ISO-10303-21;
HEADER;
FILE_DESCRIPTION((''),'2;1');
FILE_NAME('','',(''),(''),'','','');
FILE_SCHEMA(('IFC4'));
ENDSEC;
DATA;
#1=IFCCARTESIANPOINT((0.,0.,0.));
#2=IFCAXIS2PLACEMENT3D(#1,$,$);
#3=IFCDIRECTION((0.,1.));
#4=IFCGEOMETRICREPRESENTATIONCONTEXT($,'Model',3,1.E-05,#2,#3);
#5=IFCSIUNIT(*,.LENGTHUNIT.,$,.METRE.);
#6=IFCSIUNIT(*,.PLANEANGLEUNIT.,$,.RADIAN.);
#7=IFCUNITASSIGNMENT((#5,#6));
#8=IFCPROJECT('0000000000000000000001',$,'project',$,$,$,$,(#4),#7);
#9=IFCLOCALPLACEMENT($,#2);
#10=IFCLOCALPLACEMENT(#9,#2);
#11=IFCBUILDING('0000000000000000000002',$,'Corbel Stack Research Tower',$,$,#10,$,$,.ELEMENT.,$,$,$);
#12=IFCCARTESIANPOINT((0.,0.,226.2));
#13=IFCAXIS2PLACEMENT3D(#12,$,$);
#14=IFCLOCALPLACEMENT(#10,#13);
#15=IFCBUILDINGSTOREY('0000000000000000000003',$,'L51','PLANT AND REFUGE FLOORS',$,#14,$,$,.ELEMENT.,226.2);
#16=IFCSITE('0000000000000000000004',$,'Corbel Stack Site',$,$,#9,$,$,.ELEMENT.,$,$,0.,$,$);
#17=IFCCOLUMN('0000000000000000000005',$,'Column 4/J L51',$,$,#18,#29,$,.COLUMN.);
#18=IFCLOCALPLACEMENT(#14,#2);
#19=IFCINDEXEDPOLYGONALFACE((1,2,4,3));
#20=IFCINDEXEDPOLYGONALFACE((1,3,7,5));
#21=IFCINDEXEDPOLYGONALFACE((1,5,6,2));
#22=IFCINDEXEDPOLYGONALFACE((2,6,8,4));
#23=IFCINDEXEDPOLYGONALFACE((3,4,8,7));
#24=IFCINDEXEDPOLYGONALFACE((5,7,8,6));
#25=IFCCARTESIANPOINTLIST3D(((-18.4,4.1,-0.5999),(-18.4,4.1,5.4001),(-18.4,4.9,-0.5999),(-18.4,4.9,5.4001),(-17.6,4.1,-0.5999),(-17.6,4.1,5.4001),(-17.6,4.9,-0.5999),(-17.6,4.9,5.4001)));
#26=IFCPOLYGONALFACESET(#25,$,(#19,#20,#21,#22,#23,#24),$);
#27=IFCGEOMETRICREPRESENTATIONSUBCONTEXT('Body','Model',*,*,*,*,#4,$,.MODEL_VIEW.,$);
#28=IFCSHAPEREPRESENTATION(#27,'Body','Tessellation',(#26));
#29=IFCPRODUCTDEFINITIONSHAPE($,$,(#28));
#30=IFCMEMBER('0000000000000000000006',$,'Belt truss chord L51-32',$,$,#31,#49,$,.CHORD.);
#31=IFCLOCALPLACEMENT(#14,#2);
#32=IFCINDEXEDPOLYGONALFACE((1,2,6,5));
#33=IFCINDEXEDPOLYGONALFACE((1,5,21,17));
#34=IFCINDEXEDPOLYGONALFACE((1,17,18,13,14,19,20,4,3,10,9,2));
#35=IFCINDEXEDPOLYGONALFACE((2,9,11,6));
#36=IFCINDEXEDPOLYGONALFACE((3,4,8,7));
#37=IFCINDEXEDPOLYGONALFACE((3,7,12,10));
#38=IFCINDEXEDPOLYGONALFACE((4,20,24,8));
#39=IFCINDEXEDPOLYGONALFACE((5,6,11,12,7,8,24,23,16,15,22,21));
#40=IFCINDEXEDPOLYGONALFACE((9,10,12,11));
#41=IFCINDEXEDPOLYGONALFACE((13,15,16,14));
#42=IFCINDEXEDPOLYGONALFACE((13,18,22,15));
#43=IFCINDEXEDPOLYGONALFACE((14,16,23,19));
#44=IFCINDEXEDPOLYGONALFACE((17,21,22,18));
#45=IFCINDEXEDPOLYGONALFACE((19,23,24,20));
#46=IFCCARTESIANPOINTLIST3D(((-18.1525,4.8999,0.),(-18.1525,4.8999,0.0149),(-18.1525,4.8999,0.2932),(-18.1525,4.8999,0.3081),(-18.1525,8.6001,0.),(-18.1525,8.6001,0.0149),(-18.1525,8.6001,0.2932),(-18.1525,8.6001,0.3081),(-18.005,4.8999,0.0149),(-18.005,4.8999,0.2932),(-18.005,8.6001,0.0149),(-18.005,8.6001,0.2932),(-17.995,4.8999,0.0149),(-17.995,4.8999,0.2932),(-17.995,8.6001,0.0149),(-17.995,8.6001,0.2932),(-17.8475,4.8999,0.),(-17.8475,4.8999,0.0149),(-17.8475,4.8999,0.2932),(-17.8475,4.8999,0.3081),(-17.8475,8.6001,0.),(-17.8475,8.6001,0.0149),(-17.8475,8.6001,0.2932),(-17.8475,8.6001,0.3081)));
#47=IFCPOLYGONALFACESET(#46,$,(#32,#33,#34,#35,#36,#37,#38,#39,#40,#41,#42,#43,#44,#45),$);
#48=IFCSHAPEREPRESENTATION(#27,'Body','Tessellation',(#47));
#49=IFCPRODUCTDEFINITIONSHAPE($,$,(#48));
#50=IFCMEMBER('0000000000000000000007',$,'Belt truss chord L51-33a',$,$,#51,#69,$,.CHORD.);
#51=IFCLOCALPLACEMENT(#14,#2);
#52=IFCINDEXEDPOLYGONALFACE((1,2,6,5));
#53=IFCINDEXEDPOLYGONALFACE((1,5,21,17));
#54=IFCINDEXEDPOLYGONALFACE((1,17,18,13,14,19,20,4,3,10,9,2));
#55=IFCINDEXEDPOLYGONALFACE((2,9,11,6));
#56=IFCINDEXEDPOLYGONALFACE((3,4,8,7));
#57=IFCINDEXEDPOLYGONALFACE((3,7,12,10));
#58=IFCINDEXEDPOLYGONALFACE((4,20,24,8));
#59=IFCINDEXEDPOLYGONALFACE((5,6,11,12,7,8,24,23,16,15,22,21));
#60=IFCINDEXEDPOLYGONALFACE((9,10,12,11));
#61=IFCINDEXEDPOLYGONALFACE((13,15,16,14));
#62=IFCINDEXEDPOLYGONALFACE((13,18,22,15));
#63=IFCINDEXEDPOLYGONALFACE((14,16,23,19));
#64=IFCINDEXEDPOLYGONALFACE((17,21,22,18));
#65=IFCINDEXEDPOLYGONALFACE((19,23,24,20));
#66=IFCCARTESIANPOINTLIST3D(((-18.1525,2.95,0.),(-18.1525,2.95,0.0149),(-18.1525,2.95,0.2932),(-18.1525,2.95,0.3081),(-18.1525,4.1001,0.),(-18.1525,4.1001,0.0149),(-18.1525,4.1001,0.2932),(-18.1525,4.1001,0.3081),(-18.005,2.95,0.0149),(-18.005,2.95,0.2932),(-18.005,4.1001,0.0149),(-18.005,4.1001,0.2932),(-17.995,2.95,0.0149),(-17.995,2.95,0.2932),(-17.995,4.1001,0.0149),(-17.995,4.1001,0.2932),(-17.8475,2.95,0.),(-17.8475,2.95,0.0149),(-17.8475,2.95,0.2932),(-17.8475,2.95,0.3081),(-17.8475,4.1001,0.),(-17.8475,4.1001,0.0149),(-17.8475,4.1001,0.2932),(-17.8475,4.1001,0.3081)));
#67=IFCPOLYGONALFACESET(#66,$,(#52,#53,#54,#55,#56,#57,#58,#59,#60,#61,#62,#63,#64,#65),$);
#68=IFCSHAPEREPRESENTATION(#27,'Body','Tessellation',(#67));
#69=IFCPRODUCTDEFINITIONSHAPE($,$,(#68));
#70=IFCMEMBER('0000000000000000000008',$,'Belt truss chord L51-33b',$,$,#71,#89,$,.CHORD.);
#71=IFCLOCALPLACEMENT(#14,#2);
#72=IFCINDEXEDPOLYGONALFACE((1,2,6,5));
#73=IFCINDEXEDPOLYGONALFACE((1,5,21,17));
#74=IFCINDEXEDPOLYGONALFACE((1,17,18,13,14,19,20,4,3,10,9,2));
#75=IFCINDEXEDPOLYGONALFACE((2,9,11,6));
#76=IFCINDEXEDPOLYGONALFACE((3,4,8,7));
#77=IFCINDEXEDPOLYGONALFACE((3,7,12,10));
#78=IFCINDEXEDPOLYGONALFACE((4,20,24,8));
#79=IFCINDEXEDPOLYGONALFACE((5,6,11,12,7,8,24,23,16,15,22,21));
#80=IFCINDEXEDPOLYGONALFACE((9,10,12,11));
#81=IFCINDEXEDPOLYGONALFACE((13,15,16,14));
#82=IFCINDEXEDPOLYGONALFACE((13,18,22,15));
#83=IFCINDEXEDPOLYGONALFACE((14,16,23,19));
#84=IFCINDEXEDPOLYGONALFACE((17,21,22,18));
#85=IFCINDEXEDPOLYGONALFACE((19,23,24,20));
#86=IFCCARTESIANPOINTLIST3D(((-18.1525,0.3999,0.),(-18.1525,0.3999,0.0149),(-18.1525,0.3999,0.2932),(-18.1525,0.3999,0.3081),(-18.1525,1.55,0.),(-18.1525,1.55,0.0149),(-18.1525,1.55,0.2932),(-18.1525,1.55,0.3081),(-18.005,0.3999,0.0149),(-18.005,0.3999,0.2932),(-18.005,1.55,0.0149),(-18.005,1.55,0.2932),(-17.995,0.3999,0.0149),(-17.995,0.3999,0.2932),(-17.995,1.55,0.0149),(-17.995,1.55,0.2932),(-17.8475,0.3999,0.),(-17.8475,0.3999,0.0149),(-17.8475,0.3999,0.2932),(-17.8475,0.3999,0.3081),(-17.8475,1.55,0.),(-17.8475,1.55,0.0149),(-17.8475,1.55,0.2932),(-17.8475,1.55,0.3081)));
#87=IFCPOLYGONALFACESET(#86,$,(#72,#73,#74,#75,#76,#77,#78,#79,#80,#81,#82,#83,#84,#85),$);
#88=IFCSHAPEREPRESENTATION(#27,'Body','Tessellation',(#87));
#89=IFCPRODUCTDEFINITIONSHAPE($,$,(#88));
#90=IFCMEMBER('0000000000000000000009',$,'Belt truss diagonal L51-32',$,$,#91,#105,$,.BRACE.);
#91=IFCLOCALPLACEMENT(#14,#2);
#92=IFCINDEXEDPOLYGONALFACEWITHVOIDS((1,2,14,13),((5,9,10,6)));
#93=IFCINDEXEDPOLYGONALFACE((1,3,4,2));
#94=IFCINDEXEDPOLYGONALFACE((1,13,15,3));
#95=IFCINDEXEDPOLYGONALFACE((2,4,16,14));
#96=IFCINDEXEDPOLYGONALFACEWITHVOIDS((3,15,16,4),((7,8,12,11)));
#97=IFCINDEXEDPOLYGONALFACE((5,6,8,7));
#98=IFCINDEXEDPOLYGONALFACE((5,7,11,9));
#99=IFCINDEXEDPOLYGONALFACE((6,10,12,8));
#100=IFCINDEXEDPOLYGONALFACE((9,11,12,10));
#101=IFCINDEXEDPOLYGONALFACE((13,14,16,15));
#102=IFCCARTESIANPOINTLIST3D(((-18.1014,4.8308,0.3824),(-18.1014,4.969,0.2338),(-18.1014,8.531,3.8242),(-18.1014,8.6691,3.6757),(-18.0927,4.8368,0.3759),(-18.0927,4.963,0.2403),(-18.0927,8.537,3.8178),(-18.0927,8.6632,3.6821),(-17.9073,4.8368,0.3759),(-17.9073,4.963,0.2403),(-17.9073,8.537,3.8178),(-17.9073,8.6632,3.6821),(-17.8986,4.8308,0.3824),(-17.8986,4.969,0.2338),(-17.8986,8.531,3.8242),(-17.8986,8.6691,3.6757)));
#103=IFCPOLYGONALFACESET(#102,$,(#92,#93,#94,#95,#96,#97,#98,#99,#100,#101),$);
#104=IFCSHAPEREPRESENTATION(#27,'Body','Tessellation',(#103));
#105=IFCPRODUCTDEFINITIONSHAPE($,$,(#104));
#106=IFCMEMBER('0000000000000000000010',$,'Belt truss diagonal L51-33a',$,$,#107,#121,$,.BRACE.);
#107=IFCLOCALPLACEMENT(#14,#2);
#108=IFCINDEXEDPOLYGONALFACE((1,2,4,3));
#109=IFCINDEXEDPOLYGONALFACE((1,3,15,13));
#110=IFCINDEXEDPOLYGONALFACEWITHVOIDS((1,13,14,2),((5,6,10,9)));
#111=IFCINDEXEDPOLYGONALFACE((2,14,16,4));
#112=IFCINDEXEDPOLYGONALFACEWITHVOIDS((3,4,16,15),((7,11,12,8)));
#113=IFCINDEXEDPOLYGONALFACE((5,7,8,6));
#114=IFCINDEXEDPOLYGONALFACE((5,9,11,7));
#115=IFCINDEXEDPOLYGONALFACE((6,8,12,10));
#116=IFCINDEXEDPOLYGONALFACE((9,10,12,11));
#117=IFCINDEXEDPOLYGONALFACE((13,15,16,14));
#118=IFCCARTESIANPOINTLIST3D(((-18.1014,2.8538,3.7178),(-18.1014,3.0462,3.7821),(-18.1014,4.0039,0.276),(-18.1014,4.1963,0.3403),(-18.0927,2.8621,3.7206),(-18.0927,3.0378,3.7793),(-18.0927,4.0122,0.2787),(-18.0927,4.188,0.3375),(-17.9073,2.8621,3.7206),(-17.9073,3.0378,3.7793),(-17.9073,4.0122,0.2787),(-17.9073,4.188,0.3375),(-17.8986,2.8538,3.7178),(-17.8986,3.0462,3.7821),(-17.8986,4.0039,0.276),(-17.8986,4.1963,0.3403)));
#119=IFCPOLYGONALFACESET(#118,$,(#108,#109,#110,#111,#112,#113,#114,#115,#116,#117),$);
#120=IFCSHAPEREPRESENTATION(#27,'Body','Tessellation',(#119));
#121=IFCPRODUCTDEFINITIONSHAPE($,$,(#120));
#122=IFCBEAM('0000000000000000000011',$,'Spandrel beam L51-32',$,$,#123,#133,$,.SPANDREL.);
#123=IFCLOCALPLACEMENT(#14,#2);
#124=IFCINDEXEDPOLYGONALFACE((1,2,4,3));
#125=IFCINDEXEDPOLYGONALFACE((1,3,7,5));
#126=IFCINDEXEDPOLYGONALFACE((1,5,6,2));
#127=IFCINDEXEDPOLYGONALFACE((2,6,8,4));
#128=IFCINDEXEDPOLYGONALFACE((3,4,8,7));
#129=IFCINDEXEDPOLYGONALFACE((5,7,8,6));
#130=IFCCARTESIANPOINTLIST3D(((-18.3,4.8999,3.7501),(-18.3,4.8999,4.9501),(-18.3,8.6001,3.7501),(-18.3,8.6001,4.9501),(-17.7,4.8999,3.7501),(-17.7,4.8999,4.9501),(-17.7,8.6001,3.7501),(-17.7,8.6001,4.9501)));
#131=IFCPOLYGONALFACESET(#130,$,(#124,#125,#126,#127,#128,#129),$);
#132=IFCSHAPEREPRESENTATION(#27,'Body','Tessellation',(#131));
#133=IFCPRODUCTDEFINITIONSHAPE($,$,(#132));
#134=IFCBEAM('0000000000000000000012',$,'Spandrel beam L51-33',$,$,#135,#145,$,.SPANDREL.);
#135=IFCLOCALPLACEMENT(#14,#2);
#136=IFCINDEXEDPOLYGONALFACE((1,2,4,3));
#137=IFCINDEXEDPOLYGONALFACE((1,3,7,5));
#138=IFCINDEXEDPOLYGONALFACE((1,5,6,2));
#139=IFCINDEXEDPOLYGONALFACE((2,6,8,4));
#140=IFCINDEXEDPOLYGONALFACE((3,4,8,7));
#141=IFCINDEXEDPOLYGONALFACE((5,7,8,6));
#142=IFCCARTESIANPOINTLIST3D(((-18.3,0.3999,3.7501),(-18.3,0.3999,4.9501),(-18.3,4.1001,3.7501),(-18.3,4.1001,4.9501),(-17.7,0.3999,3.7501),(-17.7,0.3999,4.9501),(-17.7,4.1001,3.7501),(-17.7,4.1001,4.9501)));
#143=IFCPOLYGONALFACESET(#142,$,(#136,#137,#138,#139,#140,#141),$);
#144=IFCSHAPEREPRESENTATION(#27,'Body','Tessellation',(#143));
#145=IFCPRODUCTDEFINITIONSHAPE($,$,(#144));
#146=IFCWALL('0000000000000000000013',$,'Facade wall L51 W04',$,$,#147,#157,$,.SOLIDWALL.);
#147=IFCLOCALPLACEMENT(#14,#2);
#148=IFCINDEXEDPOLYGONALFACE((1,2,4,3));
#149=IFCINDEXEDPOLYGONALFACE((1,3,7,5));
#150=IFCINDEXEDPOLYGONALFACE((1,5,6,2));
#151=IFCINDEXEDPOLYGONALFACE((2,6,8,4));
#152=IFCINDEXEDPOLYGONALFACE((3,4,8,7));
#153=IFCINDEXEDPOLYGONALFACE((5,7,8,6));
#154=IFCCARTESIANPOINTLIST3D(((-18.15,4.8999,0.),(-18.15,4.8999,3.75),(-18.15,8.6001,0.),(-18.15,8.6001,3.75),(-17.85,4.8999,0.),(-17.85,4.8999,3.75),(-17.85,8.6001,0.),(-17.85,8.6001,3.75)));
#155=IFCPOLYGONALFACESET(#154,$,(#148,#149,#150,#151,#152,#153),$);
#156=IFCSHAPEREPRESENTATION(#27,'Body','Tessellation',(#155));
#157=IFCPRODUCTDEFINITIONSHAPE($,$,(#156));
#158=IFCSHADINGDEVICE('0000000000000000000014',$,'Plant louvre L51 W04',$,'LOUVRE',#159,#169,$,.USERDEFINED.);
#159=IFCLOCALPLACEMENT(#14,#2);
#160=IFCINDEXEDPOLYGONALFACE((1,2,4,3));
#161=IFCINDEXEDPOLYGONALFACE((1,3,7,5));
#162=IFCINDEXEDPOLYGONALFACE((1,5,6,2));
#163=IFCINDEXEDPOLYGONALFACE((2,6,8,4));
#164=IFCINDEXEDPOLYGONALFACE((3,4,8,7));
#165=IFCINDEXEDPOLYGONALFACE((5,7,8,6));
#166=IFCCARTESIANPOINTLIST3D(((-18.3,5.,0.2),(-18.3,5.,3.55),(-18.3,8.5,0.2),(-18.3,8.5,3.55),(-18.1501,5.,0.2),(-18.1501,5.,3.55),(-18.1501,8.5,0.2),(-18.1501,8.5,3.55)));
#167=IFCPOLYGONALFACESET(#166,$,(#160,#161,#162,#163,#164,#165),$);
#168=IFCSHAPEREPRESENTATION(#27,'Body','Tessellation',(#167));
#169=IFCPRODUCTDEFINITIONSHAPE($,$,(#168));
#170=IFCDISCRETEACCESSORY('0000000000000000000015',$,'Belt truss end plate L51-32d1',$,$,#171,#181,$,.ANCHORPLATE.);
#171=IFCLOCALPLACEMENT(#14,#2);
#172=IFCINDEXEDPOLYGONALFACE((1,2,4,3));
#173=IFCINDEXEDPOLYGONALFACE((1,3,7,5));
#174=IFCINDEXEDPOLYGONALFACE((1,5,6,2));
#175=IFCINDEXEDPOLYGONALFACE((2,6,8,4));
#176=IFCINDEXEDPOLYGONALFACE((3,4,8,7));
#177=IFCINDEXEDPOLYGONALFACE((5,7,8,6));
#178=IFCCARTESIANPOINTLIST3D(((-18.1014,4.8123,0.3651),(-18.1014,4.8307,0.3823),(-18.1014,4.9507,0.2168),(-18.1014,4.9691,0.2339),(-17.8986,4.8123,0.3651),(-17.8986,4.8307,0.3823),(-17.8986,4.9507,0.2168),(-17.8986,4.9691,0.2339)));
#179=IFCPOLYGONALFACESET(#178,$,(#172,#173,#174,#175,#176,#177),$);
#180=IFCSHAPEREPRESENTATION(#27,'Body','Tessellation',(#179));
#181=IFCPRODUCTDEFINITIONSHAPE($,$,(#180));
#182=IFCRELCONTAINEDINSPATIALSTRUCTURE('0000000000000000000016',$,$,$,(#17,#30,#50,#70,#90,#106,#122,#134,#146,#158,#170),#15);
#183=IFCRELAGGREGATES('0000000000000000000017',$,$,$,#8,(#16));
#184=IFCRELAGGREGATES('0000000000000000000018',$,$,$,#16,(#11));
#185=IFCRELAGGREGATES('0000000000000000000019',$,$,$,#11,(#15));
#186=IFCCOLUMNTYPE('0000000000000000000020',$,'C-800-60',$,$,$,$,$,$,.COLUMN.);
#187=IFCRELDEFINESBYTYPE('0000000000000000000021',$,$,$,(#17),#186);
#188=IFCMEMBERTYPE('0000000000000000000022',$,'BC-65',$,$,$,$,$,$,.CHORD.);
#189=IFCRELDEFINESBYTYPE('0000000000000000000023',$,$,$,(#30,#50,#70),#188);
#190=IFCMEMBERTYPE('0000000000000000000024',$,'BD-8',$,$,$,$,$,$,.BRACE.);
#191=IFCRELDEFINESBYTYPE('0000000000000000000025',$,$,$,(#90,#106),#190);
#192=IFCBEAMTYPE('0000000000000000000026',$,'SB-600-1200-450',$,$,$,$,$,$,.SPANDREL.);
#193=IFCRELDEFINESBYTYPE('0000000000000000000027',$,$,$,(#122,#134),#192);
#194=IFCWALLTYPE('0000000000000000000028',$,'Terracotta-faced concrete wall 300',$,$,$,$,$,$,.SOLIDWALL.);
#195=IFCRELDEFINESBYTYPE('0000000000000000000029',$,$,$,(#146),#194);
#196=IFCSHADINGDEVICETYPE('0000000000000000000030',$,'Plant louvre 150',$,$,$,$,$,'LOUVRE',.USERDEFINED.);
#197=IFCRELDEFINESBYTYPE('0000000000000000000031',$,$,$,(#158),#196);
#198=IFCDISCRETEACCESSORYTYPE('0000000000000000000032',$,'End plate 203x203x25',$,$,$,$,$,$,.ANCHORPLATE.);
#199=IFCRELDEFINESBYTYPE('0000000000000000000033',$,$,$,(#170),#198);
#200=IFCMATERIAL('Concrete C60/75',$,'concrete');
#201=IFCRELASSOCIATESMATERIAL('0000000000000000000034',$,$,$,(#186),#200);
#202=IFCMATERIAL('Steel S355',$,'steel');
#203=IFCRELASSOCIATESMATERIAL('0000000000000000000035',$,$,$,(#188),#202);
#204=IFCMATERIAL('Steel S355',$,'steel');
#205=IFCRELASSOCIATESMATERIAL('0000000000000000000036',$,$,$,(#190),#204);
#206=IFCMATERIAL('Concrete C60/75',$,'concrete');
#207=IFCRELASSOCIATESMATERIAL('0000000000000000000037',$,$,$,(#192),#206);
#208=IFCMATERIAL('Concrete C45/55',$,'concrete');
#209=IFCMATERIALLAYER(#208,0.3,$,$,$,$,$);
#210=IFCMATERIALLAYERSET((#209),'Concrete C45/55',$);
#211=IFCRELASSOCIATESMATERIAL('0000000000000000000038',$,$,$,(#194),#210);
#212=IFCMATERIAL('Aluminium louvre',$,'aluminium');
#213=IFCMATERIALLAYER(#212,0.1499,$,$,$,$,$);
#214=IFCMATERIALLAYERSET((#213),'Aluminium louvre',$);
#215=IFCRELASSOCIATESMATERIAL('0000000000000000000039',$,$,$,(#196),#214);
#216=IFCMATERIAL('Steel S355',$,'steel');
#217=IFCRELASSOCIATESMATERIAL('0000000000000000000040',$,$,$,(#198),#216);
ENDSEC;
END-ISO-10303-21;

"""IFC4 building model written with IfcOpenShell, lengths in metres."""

from ifc_helpers import new_model, si_unit, direction, frame, frame_2d, origin, origin_2d, place, context, subcontext, project, spatial, rectangle, hollow_rectangle, i_section, extrude, material, layer, layer_set, material_profile, profile_set, type_object, element, save


model = new_model("IFC4")

# Units and contexts
model_context = context("Model", 3, precision=1e-05, world=origin(), true_north=direction((0.0, 1.0)))
body_context = subcontext(model_context, "Body", "Model", "MODEL_VIEW")
ifc_project = project(units=[si_unit("LENGTHUNIT", "METRE"), si_unit("PLANEANGLEUNIT", "RADIAN")], contexts=[model_context])

# Site, building, storey
site_placement = place(None, origin())
site = spatial("IfcSite", under=ifc_project, at=site_placement, Name="Corbel Stack Site", CompositionType="ELEMENT", RefElevation=0.0)
building_placement = place(site_placement, origin())
building = spatial("IfcBuilding", under=site, at=building_placement, Name="Corbel Stack Research Tower", CompositionType="ELEMENT")
storey_placement = place(building_placement, frame((0.0, 0.0, 226.2)))
storey = spatial("IfcBuildingStorey", under=building, at=storey_placement, Name="L51", Description="PLANT AND REFUGE FLOORS", CompositionType="ELEMENT", Elevation=226.2)

# Column
ifc_material_1 = material(Name="Concrete C60/75", Category="concrete")
ifc_material_profile_1 = material_profile(ifc_material_1, rectangle(XDim=0.8, YDim=0.8, at=origin_2d()), Name="RC 800 x 800")
ifc_profile_set_1 = profile_set([ifc_material_profile_1], Name="Concrete C60/75")
column_type = type_object("IfcColumnType", Name="C-800-60", PredefinedType="COLUMN", material=ifc_profile_set_1)
column_placement = place(storey_placement, frame((-18.0, 4.5, -0.5999), z_axis=(0.0, 0.0, 1.0), x_axis=(1.0, 0.0, 0.0)))
element("IfcColumn", 1, at=column_placement, inside=storey, type_object=column_type, Name="Column 4/J L51", PredefinedType="COLUMN", context=body_context, shape_type="SweptSolid", body=[
    extrude(rectangle(XDim=0.8, YDim=0.8, at=origin_2d()), origin(), (0.0, 0.0, 1.0), 6.0),
])

# Members
ifc_material_2 = material(Name="Steel S355", Category="steel")
ifc_material_profile_2 = material_profile(ifc_material_2, i_section(OverallWidth=0.3049, OverallDepth=0.3081, WebThickness=0.01, FlangeThickness=0.0149, at=origin_2d()), Name="W12x65")
ifc_profile_set_2 = profile_set([ifc_material_profile_2], Name="Steel S355")
member_type_1 = type_object("IfcMemberType", Name="BC-65", PredefinedType="CHORD", material=ifc_profile_set_2)
member_1_placement = place(storey_placement, frame((-18.0, 8.6001, 0.1541), z_axis=(0.0, -1.0, 0.0), x_axis=(1.0, 0.0, 0.0)))
element("IfcMember", 2, at=member_1_placement, inside=storey, type_object=member_type_1, Name="Belt truss chord L51-32", PredefinedType="CHORD", context=body_context, shape_type="SweptSolid", body=[
    extrude(i_section(OverallWidth=0.3049, OverallDepth=0.3081, WebThickness=0.01, FlangeThickness=0.0149, at=origin_2d()), origin(), (0.0, 0.0, 1.0), 3.7002),
])
for number, where, z_axis, x_axis, name in (
    (3, (-18.0, 4.1001, 0.1541), (0.0, -1.0, 0.0), (1.0, 0.0, 0.0), "Belt truss chord L51-33a"),
    (4, (-18.0, 1.55, 0.1541), (0.0, -1.0, 0.0), (1.0, 0.0, 0.0), "Belt truss chord L51-33b"),
):
    element("IfcMember", number, at=place(storey_placement, frame(where, z_axis=z_axis, x_axis=x_axis)), inside=storey, type_object=member_type_1, Name=name, PredefinedType="CHORD", context=body_context, shape_type="SweptSolid", body=[
        extrude(i_section(OverallWidth=0.3049, OverallDepth=0.3081, WebThickness=0.01, FlangeThickness=0.0149, at=origin_2d()), origin(), (0.0, 0.0, 1.0), 1.1501),
    ])
ifc_material_3 = material(Name="Steel S355", Category="steel")
ifc_material_profile_3 = material_profile(ifc_material_3, hollow_rectangle(XDim=0.2029, YDim=0.2029, WallThickness=0.0088, at=origin_2d()), Name="HSS8x8x3/8")
ifc_profile_set_3 = profile_set([ifc_material_profile_3], Name="Steel S355")
member_type_2 = type_object("IfcMemberType", Name="BD-8", PredefinedType="BRACE", material=ifc_profile_set_3)
member_2_placement = place(storey_placement, frame((-18.0, 4.8999, 0.3081), z_axis=(0.0, 0.732201, 0.681088), x_axis=(-1.0, 0.0, 0.0)))
element("IfcMember", 5, at=member_2_placement, inside=storey, type_object=member_type_2, Name="Belt truss diagonal L51-32", PredefinedType="BRACE", context=body_context, shape_type="SweptSolid", body=[
    extrude(hollow_rectangle(XDim=0.2029, YDim=0.2029, WallThickness=0.0088, at=origin_2d()), origin(), (0.0, 0.0, 1.0), 5.0535),
])
member_3_placement = place(storey_placement, frame((-18.0, 4.1001, 0.3081), z_axis=(0.0, -0.316934, 0.948448), x_axis=(1.0, 0.0, 0.0)))
element("IfcMember", 6, at=member_3_placement, inside=storey, type_object=member_type_2, Name="Belt truss diagonal L51-33a", PredefinedType="BRACE", context=body_context, shape_type="SweptSolid", body=[
    extrude(hollow_rectangle(XDim=0.2029, YDim=0.2029, WallThickness=0.0088, at=origin_2d()), origin(), (0.0, 0.0, 1.0), 3.6289),
])

# Beams
ifc_material_4 = material(Name="Concrete C60/75", Category="concrete")
ifc_material_profile_4 = material_profile(ifc_material_4, rectangle(XDim=0.6001, YDim=1.2, at=origin_2d()), Name="RC 600 x 1200")
ifc_profile_set_4 = profile_set([ifc_material_profile_4], Name="Concrete C60/75")
beam_type = type_object("IfcBeamType", Name="SB-600-1200-450", PredefinedType="SPANDREL", material=ifc_profile_set_4)
for number, where, z_axis, x_axis, name in (
    (7, (-18.0, 8.6001, 4.3501), (0.0, -1.0, 0.0), (1.0, 0.0, 0.0), "Spandrel beam L51-32"),
    (8, (-18.0, 4.1001, 4.3501), (0.0, -1.0, 0.0), (1.0, 0.0, 0.0), "Spandrel beam L51-33"),
):
    element("IfcBeam", number, at=place(storey_placement, frame(where, z_axis=z_axis, x_axis=x_axis)), inside=storey, type_object=beam_type, Name=name, PredefinedType="SPANDREL", context=body_context, shape_type="SweptSolid", body=[
        extrude(rectangle(XDim=0.6001, YDim=1.2, at=origin_2d()), origin(), (0.0, 0.0, 1.0), 3.7002),
    ])

# Wall
ifc_material_5 = material(Name="Concrete C45/55", Category="concrete")
ifc_layer_1 = layer(ifc_material_5, 0.3)
ifc_layer_set_1 = layer_set([ifc_layer_1], Name="Concrete C45/55")
wall_type = type_object("IfcWallType", Name="Terracotta-faced concrete wall 300", PredefinedType="SOLIDWALL", material=ifc_layer_set_1)
wall_placement = place(storey_placement, frame((-18.0, 4.8999, 0.0), z_axis=(0.0, 0.0, 1.0), x_axis=(0.0, 1.0, 0.0)))
element("IfcWall", 9, at=wall_placement, inside=storey, type_object=wall_type, Name="Facade wall L51 W04", PredefinedType="SOLIDWALL", context=body_context, shape_type="SweptSolid", body=[
    extrude(rectangle(XDim=3.7002, YDim=0.3, at=frame_2d((1.8501, 0.0))), origin(), (0.0, 0.0, 1.0), 3.75),
])

# Shading device
ifc_material_6 = material(Name="Aluminium louvre", Category="aluminium")
ifc_layer_2 = layer(ifc_material_6, 0.1499)
ifc_layer_set_2 = layer_set([ifc_layer_2], Name="Aluminium louvre")
shading_device_type = type_object("IfcShadingDeviceType", Name="Plant louvre 150", ElementType="LOUVRE", PredefinedType="USERDEFINED", material=ifc_layer_set_2)
shading_device_placement = place(storey_placement, frame((-18.2251, 6.75, 0.2), z_axis=(0.0, 0.0, 1.0), x_axis=(0.0, -1.0, 0.0)))
element("IfcShadingDevice", 10, at=shading_device_placement, inside=storey, type_object=shading_device_type, Name="Plant louvre L51 W04", ObjectType="LOUVRE", PredefinedType="USERDEFINED", context=body_context, shape_type="SweptSolid", body=[
    extrude(rectangle(XDim=3.5, YDim=0.1499, at=origin_2d()), origin(), (0.0, 0.0, 1.0), 3.3501),
])

# Discrete accessory
ifc_material_7 = material(Name="Steel S355", Category="steel")
ifc_material_profile_5 = material_profile(ifc_material_7, rectangle(XDim=0.2029, YDim=0.2029, at=origin_2d()), Name="End plate 203x203x25")
ifc_profile_set_5 = profile_set([ifc_material_profile_5], Name="Steel S355")
discrete_accessory_type_1 = type_object("IfcDiscreteAccessoryType", Name="End plate 203x203x25", PredefinedType="ANCHORPLATE", material=ifc_profile_set_5)
for number, where, z_axis, x_axis, name in (
    (11, (-18.0, 4.8999, 0.3081), (0.0, -0.731055, -0.682318), (1.0, 0.0, 0.0), "Belt truss end plate L51-32d1"),
):
    element("IfcDiscreteAccessory", number, at=place(storey_placement, frame(where, z_axis=z_axis, x_axis=x_axis)), inside=storey, type_object=discrete_accessory_type_1, Name=name, PredefinedType="ANCHORPLATE", context=body_context, shape_type="SweptSolid", body=[
        extrude(rectangle(XDim=0.2029, YDim=0.2029, at=origin_2d()), origin(), (0.0, 0.0, 1.0), 0.0251),
    ])

save(model, "model.ifc")
